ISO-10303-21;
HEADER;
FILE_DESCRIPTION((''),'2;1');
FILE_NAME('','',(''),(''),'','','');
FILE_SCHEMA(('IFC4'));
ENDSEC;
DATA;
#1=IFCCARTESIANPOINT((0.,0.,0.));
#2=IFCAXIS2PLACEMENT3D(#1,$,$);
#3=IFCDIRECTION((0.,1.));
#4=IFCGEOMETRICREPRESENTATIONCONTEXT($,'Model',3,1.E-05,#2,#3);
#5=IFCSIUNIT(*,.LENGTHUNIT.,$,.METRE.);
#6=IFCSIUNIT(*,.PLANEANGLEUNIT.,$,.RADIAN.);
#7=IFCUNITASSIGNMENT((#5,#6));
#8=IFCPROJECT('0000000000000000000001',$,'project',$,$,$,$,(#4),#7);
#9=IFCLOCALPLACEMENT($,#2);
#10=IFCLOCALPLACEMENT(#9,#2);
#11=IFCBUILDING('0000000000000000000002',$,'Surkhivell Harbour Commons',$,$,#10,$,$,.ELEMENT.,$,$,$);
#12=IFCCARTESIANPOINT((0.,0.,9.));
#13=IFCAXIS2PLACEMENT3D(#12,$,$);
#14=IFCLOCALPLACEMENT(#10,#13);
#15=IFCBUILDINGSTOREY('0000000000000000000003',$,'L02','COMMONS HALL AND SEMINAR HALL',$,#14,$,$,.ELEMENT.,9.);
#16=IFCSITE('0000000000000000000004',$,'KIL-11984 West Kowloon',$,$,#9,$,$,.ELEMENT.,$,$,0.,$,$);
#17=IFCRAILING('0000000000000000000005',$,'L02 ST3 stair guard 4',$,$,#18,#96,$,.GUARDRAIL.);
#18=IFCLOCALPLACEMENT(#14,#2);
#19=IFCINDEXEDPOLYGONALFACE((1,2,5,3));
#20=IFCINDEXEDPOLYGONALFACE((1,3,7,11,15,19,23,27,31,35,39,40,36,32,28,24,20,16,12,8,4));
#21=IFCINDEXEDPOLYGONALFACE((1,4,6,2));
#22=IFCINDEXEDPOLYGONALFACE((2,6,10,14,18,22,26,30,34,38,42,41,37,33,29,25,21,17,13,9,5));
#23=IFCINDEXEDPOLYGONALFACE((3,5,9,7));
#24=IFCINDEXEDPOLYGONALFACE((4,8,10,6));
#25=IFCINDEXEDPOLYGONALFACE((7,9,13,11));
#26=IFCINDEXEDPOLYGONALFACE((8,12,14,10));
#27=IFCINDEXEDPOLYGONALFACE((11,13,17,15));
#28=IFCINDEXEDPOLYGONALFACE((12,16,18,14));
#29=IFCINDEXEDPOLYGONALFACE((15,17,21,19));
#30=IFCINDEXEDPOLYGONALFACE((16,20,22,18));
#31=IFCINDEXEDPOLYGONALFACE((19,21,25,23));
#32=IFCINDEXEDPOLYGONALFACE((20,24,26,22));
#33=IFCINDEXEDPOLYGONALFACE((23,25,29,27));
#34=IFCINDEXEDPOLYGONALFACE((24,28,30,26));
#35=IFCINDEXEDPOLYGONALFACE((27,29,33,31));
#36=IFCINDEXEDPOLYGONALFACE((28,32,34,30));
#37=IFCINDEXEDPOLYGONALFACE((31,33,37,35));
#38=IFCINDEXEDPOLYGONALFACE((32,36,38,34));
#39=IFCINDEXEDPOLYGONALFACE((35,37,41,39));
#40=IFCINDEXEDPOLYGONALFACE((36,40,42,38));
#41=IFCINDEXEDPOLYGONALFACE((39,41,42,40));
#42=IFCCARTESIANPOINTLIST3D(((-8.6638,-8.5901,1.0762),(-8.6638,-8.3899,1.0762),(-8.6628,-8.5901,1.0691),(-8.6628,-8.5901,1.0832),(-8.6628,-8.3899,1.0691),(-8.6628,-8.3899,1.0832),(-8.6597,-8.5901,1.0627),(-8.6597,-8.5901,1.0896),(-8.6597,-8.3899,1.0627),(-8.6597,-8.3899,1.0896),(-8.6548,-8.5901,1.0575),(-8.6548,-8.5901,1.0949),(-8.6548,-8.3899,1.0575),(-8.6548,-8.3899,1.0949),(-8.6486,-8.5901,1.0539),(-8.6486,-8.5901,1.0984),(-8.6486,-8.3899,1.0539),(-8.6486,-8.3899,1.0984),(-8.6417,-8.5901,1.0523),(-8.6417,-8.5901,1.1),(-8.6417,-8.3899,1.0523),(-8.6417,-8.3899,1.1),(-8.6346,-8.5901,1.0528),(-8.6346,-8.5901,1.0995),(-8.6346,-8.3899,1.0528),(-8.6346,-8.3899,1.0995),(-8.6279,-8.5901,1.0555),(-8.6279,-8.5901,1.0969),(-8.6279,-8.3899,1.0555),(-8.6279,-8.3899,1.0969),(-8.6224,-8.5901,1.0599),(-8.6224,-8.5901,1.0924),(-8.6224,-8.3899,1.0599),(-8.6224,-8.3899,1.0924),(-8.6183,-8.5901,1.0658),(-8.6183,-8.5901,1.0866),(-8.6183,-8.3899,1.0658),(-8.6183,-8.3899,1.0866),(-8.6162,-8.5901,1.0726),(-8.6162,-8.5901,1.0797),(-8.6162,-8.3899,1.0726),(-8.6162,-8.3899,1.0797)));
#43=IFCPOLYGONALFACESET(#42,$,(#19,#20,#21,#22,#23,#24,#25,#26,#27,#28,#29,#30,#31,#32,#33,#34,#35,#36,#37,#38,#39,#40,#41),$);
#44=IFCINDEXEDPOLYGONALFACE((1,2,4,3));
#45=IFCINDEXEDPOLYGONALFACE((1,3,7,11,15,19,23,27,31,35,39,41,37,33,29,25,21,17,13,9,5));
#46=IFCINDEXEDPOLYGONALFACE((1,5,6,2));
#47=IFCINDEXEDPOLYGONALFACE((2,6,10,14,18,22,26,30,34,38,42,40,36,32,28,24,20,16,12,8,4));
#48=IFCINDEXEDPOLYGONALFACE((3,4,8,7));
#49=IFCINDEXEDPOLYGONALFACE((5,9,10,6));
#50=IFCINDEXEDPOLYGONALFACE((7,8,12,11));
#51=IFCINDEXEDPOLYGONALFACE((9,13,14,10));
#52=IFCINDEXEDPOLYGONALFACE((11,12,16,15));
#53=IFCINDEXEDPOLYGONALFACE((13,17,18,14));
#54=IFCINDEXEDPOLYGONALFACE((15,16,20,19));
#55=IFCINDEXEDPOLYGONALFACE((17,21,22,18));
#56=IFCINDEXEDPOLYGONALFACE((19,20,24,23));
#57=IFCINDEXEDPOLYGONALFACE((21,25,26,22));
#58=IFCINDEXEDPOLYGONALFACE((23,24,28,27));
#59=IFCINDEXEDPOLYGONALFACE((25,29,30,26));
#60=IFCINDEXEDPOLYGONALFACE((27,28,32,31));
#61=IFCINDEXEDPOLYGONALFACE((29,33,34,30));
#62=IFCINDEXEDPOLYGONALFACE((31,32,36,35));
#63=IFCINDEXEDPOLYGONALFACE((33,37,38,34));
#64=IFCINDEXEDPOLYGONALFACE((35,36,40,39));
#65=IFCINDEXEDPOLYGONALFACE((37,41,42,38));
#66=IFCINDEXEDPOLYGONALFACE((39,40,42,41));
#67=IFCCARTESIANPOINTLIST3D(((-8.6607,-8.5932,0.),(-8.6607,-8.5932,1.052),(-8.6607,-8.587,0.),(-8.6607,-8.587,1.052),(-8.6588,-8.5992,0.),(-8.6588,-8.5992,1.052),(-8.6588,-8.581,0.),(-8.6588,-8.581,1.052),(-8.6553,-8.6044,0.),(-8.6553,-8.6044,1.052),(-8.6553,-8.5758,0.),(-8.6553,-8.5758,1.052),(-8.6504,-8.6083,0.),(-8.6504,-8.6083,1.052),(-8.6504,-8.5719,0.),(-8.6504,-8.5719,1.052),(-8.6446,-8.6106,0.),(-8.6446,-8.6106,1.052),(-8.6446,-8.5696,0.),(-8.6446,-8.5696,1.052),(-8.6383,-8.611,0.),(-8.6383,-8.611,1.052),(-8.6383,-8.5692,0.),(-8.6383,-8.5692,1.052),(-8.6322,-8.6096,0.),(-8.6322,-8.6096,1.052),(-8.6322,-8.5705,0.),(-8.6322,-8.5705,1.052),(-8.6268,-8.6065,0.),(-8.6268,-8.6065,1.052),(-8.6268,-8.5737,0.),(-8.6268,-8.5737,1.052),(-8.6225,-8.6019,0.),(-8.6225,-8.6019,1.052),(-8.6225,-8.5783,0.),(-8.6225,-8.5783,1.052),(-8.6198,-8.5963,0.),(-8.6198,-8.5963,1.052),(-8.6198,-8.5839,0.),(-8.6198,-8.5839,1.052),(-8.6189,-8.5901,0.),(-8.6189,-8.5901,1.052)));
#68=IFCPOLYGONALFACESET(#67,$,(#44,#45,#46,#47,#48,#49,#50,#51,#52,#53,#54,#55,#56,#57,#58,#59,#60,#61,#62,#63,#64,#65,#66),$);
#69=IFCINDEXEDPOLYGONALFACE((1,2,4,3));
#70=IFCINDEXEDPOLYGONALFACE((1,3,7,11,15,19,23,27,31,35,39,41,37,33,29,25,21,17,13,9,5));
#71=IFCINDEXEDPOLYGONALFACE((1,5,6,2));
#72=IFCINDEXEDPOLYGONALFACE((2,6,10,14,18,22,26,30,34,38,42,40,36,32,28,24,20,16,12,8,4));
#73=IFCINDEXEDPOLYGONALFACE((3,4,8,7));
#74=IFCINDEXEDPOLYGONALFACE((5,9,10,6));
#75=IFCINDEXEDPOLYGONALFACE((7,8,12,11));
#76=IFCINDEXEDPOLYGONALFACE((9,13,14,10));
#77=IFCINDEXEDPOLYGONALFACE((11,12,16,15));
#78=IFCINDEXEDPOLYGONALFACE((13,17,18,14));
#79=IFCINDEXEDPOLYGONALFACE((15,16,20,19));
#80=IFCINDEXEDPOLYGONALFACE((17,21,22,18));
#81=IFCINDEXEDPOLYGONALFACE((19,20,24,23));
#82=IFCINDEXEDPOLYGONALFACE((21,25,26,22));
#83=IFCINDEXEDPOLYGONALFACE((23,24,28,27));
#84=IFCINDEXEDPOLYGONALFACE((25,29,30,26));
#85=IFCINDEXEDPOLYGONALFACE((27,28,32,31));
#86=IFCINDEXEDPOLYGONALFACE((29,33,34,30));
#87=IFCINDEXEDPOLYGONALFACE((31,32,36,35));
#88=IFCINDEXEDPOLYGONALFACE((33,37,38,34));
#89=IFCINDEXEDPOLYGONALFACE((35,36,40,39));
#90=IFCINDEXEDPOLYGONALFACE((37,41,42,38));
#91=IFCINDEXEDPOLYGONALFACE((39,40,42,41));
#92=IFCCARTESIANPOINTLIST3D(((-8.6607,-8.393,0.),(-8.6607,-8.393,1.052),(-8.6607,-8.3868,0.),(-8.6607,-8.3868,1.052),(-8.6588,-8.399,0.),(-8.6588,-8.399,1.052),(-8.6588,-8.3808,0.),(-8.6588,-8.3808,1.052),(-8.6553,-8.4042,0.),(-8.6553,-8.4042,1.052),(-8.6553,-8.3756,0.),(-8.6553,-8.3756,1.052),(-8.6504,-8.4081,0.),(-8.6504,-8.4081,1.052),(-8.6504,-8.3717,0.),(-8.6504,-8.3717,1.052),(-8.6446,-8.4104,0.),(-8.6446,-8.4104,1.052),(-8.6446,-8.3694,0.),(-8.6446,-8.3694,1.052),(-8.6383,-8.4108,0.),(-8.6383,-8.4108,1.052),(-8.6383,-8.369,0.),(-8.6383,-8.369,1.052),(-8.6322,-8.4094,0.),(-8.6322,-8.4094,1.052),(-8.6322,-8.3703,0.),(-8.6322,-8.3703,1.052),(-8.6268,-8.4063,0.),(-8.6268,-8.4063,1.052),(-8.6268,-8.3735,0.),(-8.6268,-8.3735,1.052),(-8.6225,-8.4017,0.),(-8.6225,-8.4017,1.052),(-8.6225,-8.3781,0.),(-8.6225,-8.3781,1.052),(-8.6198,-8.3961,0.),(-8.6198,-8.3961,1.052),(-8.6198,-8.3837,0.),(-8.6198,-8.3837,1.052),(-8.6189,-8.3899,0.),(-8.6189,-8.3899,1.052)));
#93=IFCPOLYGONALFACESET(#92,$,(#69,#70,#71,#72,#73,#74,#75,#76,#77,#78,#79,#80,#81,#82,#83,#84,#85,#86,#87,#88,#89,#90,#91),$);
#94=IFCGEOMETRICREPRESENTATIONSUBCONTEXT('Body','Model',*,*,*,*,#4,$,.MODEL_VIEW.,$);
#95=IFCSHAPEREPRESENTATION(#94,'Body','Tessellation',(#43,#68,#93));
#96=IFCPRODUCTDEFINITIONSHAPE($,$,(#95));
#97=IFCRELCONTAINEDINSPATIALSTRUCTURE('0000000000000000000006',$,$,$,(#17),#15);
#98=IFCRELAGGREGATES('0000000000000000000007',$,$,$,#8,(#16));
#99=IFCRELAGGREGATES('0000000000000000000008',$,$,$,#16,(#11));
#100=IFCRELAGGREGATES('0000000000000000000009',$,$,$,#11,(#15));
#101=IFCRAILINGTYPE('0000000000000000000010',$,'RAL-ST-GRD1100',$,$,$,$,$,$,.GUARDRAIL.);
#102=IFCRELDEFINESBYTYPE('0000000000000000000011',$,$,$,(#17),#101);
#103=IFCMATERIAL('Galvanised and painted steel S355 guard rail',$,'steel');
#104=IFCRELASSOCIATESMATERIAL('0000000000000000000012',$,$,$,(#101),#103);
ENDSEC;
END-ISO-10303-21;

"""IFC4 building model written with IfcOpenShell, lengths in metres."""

from ifc_helpers import new_model, si_unit, direction, frame, origin, origin_2d, place, context, subcontext, project, spatial, circle, extrude, material, type_object, element, save


model = new_model("IFC4")

# Units and contexts
model_context = context("Model", 3, precision=1e-05, world=origin(), true_north=direction((0.0, 1.0)))
body_context = subcontext(model_context, "Body", "Model", "MODEL_VIEW")
ifc_project = project(units=[si_unit("LENGTHUNIT", "METRE"), si_unit("PLANEANGLEUNIT", "RADIAN")], contexts=[model_context])

# Site, building, storey
site_placement = place(None, origin())
site = spatial("IfcSite", under=ifc_project, at=site_placement, Name="KIL-11984 West Kowloon", CompositionType="ELEMENT", RefElevation=0.0)
building_placement = place(site_placement, origin())
building = spatial("IfcBuilding", under=site, at=building_placement, Name="Surkhivell Harbour Commons", CompositionType="ELEMENT")
storey_placement = place(building_placement, frame((0.0, 0.0, 9.0)))
storey = spatial("IfcBuildingStorey", under=building, at=storey_placement, Name="L02", Description="COMMONS HALL AND SEMINAR HALL", CompositionType="ELEMENT", Elevation=9.0)

# Railing
ifc_material_1 = material(Name="Galvanised and painted steel S355 guard rail", Category="steel")
railing_type_1 = type_object("IfcRailingType", Name="RAL-ST-GRD1100", PredefinedType="GUARDRAIL", material=ifc_material_1)
railing_1_placement = place(storey_placement, frame((-8.6399, -8.5901, 0.0)))
element("IfcRailing", 1, at=railing_1_placement, inside=storey, type_object=railing_type_1, Name="L02 ST3 stair guard 4", PredefinedType="GUARDRAIL", context=body_context, shape_type="SweptSolid", body=[
    extrude(circle(Radius=0.0239, at=origin_2d()), frame((0.0, 0.0, 1.0762), z_axis=(0.0, 1.0, 0.0), x_axis=(-1.0, 0.0, 0.0)), (0.0, 0.0, 1.0), 0.2002),
    extrude(circle(Radius=0.021, at=origin_2d()), origin(), (0.0, 0.0, 1.0), 1.052),
    extrude(circle(Radius=0.021, at=origin_2d()), frame((0.0, 0.2002, 0.0)), (0.0, 0.0, 1.0), 1.052),
])

save(model, "model.ifc")
